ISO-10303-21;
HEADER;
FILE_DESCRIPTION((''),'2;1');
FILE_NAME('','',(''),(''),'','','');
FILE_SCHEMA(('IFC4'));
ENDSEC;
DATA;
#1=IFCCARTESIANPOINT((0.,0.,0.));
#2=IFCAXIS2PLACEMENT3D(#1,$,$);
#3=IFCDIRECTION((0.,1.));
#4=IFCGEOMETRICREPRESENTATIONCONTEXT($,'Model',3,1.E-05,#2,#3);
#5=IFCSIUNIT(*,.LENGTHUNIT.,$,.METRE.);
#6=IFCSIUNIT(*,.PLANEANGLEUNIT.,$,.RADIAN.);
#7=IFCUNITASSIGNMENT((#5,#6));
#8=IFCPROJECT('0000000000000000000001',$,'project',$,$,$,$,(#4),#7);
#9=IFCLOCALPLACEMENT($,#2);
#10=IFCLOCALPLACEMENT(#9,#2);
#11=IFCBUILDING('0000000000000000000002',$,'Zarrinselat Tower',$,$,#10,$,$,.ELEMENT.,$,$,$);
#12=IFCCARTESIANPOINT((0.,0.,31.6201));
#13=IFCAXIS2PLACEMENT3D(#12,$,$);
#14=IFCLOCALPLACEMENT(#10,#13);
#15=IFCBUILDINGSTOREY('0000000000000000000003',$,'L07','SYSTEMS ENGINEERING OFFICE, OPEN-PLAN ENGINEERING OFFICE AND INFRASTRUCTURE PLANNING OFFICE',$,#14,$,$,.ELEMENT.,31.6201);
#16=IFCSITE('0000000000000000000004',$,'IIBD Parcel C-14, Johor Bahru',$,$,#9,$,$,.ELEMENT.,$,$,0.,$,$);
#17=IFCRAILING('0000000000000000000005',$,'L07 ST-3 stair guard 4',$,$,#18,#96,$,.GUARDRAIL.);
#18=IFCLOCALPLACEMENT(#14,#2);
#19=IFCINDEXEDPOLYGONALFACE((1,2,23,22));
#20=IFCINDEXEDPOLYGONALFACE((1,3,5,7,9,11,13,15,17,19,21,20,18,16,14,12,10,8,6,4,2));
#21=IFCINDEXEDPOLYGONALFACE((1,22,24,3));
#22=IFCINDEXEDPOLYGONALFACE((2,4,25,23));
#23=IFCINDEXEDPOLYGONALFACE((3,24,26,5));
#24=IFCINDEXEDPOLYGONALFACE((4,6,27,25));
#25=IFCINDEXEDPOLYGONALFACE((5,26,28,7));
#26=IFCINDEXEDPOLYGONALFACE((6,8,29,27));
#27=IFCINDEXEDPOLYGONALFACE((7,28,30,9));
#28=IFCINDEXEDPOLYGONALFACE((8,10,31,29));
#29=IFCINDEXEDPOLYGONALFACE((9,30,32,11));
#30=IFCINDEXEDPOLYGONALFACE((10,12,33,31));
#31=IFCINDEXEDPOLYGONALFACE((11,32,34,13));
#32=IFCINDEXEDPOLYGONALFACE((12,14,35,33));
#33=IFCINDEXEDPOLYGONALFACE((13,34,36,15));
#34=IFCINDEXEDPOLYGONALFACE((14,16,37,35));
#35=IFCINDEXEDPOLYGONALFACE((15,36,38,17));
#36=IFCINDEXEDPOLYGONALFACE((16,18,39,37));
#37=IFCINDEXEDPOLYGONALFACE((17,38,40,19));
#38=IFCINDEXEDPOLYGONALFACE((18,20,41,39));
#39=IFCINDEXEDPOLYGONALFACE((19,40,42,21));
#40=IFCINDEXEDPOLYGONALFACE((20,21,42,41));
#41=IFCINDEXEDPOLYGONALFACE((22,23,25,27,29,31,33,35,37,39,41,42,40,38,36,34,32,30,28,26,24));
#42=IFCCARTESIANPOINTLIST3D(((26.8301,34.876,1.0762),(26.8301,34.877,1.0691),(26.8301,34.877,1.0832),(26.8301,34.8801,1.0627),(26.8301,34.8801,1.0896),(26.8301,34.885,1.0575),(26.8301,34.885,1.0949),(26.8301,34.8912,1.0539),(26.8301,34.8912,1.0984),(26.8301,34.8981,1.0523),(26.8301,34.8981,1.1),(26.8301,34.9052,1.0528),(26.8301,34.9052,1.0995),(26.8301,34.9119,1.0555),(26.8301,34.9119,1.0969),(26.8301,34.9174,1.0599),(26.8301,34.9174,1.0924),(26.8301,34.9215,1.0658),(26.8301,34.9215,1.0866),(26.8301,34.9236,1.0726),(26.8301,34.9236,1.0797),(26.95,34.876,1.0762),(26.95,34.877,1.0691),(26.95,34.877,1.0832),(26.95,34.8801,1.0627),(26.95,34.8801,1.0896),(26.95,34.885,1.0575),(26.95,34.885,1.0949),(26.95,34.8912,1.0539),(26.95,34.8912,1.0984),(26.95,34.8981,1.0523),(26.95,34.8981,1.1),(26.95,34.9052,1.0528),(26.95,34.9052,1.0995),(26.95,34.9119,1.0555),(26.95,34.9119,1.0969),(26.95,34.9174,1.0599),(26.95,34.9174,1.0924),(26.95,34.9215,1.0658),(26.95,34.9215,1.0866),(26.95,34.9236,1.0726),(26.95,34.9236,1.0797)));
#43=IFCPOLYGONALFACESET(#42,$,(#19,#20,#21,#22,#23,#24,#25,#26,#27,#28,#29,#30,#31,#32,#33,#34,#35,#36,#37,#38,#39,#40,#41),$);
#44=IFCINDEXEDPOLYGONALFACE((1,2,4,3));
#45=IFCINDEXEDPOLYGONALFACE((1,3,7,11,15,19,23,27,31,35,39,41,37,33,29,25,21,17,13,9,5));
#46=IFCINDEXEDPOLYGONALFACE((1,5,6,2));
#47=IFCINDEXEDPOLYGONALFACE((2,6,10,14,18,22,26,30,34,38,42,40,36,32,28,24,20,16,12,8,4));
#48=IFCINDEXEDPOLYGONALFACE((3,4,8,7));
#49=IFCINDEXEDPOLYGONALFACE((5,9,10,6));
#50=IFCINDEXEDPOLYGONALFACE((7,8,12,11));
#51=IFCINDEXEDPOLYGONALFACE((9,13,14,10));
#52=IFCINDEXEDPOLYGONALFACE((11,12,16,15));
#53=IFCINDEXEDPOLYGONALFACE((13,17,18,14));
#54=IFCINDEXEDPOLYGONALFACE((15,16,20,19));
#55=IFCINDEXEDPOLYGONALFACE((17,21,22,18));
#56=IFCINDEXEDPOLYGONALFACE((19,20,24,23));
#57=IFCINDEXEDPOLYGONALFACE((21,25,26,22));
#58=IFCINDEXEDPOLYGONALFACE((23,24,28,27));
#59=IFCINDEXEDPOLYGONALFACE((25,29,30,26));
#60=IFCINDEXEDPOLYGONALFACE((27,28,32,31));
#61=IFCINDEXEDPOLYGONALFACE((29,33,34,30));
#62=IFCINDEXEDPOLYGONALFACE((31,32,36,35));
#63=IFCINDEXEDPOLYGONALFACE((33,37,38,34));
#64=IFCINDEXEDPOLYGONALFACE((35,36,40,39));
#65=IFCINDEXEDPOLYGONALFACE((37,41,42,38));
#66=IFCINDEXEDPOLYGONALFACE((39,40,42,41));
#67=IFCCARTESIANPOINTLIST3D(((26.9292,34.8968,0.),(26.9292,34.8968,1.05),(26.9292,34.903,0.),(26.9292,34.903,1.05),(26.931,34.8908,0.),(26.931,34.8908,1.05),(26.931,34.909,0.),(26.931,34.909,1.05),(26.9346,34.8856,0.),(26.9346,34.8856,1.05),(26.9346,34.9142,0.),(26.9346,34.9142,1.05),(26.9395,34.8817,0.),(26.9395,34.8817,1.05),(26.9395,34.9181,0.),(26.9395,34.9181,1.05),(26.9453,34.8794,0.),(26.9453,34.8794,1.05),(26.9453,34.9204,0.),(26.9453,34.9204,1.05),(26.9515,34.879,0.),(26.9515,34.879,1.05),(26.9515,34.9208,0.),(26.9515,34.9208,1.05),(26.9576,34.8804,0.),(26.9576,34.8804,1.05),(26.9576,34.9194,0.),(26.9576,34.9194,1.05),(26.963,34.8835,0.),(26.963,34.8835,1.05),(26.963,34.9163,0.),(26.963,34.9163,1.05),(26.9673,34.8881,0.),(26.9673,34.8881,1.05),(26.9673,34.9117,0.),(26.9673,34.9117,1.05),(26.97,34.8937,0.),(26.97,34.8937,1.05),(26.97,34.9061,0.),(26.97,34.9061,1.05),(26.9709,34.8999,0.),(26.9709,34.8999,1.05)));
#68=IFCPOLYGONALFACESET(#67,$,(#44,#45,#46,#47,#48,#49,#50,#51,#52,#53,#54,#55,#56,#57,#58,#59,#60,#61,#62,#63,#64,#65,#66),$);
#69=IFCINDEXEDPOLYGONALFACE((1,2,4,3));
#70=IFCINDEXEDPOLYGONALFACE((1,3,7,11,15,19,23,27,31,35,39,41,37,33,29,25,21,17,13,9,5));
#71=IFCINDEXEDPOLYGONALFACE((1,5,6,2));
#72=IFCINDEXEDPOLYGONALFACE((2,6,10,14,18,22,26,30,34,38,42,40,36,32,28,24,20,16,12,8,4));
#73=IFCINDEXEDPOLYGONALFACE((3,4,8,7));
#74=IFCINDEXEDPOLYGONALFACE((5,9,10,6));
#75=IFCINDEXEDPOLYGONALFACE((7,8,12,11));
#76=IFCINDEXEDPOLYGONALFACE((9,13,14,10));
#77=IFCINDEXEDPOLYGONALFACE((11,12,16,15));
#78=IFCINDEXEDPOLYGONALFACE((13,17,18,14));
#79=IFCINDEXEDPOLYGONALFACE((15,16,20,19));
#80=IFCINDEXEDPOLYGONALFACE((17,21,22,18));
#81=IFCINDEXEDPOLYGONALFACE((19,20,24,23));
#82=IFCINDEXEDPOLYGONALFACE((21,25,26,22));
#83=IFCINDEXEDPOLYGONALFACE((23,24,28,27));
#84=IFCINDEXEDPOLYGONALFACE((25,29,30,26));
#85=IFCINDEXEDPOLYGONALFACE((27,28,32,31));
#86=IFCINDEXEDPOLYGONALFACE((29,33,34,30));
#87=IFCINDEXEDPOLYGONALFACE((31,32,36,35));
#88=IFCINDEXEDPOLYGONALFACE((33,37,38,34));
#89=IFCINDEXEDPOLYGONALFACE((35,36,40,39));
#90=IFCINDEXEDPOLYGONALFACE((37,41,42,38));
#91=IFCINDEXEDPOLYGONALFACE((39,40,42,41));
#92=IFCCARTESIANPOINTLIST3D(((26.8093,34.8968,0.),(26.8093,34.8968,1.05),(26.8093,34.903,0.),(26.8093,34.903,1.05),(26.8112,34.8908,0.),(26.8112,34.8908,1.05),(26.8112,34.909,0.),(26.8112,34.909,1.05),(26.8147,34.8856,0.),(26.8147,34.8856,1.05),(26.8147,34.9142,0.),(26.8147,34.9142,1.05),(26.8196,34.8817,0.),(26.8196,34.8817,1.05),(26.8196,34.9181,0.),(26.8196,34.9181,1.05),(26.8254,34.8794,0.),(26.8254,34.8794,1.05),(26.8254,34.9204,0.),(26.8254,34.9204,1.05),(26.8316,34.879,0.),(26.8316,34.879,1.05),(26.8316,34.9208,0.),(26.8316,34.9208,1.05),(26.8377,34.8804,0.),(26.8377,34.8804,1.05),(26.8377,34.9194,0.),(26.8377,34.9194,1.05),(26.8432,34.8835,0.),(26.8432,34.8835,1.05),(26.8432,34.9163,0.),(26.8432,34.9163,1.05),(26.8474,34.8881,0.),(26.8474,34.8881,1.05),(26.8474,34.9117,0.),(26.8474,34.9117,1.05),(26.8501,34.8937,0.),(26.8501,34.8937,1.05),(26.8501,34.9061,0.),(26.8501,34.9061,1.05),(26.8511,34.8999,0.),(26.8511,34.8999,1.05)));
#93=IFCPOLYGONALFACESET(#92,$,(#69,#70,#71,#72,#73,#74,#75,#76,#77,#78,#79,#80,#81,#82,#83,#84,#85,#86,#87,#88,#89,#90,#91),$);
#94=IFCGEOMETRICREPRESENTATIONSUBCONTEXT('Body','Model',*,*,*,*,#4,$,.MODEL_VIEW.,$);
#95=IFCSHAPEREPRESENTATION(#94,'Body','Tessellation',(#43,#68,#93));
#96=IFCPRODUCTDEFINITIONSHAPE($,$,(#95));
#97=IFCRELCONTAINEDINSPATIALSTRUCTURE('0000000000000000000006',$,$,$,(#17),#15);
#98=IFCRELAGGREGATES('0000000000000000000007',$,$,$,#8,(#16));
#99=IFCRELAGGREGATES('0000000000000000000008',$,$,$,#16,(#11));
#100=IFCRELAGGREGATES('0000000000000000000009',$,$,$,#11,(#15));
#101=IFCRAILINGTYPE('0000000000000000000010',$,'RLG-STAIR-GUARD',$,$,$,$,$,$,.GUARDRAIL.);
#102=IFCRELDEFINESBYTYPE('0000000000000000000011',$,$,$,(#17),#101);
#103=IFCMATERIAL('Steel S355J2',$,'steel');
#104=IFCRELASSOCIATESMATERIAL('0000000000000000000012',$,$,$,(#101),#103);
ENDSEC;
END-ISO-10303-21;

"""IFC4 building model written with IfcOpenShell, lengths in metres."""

from ifc_helpers import new_model, si_unit, direction, frame, origin, origin_2d, place, context, subcontext, project, spatial, circle, extrude, material, type_object, element, save


model = new_model("IFC4")

# Units and contexts
model_context = context("Model", 3, precision=1e-05, world=origin(), true_north=direction((0.0, 1.0)))
body_context = subcontext(model_context, "Body", "Model", "MODEL_VIEW")
ifc_project = project(units=[si_unit("LENGTHUNIT", "METRE"), si_unit("PLANEANGLEUNIT", "RADIAN")], contexts=[model_context])

# Site, building, storey
site_placement = place(None, origin())
site = spatial("IfcSite", under=ifc_project, at=site_placement, Name="IIBD Parcel C-14, Johor Bahru", CompositionType="ELEMENT", RefElevation=0.0)
building_placement = place(site_placement, origin())
building = spatial("IfcBuilding", under=site, at=building_placement, Name="Zarrinselat Tower", CompositionType="ELEMENT")
storey_placement = place(building_placement, frame((0.0, 0.0, 31.6201)))
storey = spatial("IfcBuildingStorey", under=building, at=storey_placement, Name="L07", Description="SYSTEMS ENGINEERING OFFICE, OPEN-PLAN ENGINEERING OFFICE AND INFRASTRUCTURE PLANNING OFFICE", CompositionType="ELEMENT", Elevation=31.6201)

# Railing
ifc_material_1 = material(Name="Steel S355J2", Category="steel")
railing_type_1 = type_object("IfcRailingType", Name="RLG-STAIR-GUARD", PredefinedType="GUARDRAIL", material=ifc_material_1)
railing_1_placement = place(storey_placement, frame((26.95, 34.8999, 0.0)))
element("IfcRailing", 1, at=railing_1_placement, inside=storey, type_object=railing_type_1, Name="L07 ST-3 stair guard 4", PredefinedType="GUARDRAIL", context=body_context, shape_type="SweptSolid", body=[
    extrude(circle(Radius=0.0239, at=origin_2d()), frame((0.0, 0.0, 1.0762), z_axis=(-1.0, 0.0, 0.0), x_axis=(0.0, -1.0, 0.0)), (0.0, 0.0, 1.0), 0.1199),
    extrude(circle(Radius=0.021, at=origin_2d()), origin(), (0.0, 0.0, 1.0), 1.05),
    extrude(circle(Radius=0.021, at=origin_2d()), frame((-0.1199, 0.0, 0.0)), (0.0, 0.0, 1.0), 1.05),
])

save(model, "model.ifc")
